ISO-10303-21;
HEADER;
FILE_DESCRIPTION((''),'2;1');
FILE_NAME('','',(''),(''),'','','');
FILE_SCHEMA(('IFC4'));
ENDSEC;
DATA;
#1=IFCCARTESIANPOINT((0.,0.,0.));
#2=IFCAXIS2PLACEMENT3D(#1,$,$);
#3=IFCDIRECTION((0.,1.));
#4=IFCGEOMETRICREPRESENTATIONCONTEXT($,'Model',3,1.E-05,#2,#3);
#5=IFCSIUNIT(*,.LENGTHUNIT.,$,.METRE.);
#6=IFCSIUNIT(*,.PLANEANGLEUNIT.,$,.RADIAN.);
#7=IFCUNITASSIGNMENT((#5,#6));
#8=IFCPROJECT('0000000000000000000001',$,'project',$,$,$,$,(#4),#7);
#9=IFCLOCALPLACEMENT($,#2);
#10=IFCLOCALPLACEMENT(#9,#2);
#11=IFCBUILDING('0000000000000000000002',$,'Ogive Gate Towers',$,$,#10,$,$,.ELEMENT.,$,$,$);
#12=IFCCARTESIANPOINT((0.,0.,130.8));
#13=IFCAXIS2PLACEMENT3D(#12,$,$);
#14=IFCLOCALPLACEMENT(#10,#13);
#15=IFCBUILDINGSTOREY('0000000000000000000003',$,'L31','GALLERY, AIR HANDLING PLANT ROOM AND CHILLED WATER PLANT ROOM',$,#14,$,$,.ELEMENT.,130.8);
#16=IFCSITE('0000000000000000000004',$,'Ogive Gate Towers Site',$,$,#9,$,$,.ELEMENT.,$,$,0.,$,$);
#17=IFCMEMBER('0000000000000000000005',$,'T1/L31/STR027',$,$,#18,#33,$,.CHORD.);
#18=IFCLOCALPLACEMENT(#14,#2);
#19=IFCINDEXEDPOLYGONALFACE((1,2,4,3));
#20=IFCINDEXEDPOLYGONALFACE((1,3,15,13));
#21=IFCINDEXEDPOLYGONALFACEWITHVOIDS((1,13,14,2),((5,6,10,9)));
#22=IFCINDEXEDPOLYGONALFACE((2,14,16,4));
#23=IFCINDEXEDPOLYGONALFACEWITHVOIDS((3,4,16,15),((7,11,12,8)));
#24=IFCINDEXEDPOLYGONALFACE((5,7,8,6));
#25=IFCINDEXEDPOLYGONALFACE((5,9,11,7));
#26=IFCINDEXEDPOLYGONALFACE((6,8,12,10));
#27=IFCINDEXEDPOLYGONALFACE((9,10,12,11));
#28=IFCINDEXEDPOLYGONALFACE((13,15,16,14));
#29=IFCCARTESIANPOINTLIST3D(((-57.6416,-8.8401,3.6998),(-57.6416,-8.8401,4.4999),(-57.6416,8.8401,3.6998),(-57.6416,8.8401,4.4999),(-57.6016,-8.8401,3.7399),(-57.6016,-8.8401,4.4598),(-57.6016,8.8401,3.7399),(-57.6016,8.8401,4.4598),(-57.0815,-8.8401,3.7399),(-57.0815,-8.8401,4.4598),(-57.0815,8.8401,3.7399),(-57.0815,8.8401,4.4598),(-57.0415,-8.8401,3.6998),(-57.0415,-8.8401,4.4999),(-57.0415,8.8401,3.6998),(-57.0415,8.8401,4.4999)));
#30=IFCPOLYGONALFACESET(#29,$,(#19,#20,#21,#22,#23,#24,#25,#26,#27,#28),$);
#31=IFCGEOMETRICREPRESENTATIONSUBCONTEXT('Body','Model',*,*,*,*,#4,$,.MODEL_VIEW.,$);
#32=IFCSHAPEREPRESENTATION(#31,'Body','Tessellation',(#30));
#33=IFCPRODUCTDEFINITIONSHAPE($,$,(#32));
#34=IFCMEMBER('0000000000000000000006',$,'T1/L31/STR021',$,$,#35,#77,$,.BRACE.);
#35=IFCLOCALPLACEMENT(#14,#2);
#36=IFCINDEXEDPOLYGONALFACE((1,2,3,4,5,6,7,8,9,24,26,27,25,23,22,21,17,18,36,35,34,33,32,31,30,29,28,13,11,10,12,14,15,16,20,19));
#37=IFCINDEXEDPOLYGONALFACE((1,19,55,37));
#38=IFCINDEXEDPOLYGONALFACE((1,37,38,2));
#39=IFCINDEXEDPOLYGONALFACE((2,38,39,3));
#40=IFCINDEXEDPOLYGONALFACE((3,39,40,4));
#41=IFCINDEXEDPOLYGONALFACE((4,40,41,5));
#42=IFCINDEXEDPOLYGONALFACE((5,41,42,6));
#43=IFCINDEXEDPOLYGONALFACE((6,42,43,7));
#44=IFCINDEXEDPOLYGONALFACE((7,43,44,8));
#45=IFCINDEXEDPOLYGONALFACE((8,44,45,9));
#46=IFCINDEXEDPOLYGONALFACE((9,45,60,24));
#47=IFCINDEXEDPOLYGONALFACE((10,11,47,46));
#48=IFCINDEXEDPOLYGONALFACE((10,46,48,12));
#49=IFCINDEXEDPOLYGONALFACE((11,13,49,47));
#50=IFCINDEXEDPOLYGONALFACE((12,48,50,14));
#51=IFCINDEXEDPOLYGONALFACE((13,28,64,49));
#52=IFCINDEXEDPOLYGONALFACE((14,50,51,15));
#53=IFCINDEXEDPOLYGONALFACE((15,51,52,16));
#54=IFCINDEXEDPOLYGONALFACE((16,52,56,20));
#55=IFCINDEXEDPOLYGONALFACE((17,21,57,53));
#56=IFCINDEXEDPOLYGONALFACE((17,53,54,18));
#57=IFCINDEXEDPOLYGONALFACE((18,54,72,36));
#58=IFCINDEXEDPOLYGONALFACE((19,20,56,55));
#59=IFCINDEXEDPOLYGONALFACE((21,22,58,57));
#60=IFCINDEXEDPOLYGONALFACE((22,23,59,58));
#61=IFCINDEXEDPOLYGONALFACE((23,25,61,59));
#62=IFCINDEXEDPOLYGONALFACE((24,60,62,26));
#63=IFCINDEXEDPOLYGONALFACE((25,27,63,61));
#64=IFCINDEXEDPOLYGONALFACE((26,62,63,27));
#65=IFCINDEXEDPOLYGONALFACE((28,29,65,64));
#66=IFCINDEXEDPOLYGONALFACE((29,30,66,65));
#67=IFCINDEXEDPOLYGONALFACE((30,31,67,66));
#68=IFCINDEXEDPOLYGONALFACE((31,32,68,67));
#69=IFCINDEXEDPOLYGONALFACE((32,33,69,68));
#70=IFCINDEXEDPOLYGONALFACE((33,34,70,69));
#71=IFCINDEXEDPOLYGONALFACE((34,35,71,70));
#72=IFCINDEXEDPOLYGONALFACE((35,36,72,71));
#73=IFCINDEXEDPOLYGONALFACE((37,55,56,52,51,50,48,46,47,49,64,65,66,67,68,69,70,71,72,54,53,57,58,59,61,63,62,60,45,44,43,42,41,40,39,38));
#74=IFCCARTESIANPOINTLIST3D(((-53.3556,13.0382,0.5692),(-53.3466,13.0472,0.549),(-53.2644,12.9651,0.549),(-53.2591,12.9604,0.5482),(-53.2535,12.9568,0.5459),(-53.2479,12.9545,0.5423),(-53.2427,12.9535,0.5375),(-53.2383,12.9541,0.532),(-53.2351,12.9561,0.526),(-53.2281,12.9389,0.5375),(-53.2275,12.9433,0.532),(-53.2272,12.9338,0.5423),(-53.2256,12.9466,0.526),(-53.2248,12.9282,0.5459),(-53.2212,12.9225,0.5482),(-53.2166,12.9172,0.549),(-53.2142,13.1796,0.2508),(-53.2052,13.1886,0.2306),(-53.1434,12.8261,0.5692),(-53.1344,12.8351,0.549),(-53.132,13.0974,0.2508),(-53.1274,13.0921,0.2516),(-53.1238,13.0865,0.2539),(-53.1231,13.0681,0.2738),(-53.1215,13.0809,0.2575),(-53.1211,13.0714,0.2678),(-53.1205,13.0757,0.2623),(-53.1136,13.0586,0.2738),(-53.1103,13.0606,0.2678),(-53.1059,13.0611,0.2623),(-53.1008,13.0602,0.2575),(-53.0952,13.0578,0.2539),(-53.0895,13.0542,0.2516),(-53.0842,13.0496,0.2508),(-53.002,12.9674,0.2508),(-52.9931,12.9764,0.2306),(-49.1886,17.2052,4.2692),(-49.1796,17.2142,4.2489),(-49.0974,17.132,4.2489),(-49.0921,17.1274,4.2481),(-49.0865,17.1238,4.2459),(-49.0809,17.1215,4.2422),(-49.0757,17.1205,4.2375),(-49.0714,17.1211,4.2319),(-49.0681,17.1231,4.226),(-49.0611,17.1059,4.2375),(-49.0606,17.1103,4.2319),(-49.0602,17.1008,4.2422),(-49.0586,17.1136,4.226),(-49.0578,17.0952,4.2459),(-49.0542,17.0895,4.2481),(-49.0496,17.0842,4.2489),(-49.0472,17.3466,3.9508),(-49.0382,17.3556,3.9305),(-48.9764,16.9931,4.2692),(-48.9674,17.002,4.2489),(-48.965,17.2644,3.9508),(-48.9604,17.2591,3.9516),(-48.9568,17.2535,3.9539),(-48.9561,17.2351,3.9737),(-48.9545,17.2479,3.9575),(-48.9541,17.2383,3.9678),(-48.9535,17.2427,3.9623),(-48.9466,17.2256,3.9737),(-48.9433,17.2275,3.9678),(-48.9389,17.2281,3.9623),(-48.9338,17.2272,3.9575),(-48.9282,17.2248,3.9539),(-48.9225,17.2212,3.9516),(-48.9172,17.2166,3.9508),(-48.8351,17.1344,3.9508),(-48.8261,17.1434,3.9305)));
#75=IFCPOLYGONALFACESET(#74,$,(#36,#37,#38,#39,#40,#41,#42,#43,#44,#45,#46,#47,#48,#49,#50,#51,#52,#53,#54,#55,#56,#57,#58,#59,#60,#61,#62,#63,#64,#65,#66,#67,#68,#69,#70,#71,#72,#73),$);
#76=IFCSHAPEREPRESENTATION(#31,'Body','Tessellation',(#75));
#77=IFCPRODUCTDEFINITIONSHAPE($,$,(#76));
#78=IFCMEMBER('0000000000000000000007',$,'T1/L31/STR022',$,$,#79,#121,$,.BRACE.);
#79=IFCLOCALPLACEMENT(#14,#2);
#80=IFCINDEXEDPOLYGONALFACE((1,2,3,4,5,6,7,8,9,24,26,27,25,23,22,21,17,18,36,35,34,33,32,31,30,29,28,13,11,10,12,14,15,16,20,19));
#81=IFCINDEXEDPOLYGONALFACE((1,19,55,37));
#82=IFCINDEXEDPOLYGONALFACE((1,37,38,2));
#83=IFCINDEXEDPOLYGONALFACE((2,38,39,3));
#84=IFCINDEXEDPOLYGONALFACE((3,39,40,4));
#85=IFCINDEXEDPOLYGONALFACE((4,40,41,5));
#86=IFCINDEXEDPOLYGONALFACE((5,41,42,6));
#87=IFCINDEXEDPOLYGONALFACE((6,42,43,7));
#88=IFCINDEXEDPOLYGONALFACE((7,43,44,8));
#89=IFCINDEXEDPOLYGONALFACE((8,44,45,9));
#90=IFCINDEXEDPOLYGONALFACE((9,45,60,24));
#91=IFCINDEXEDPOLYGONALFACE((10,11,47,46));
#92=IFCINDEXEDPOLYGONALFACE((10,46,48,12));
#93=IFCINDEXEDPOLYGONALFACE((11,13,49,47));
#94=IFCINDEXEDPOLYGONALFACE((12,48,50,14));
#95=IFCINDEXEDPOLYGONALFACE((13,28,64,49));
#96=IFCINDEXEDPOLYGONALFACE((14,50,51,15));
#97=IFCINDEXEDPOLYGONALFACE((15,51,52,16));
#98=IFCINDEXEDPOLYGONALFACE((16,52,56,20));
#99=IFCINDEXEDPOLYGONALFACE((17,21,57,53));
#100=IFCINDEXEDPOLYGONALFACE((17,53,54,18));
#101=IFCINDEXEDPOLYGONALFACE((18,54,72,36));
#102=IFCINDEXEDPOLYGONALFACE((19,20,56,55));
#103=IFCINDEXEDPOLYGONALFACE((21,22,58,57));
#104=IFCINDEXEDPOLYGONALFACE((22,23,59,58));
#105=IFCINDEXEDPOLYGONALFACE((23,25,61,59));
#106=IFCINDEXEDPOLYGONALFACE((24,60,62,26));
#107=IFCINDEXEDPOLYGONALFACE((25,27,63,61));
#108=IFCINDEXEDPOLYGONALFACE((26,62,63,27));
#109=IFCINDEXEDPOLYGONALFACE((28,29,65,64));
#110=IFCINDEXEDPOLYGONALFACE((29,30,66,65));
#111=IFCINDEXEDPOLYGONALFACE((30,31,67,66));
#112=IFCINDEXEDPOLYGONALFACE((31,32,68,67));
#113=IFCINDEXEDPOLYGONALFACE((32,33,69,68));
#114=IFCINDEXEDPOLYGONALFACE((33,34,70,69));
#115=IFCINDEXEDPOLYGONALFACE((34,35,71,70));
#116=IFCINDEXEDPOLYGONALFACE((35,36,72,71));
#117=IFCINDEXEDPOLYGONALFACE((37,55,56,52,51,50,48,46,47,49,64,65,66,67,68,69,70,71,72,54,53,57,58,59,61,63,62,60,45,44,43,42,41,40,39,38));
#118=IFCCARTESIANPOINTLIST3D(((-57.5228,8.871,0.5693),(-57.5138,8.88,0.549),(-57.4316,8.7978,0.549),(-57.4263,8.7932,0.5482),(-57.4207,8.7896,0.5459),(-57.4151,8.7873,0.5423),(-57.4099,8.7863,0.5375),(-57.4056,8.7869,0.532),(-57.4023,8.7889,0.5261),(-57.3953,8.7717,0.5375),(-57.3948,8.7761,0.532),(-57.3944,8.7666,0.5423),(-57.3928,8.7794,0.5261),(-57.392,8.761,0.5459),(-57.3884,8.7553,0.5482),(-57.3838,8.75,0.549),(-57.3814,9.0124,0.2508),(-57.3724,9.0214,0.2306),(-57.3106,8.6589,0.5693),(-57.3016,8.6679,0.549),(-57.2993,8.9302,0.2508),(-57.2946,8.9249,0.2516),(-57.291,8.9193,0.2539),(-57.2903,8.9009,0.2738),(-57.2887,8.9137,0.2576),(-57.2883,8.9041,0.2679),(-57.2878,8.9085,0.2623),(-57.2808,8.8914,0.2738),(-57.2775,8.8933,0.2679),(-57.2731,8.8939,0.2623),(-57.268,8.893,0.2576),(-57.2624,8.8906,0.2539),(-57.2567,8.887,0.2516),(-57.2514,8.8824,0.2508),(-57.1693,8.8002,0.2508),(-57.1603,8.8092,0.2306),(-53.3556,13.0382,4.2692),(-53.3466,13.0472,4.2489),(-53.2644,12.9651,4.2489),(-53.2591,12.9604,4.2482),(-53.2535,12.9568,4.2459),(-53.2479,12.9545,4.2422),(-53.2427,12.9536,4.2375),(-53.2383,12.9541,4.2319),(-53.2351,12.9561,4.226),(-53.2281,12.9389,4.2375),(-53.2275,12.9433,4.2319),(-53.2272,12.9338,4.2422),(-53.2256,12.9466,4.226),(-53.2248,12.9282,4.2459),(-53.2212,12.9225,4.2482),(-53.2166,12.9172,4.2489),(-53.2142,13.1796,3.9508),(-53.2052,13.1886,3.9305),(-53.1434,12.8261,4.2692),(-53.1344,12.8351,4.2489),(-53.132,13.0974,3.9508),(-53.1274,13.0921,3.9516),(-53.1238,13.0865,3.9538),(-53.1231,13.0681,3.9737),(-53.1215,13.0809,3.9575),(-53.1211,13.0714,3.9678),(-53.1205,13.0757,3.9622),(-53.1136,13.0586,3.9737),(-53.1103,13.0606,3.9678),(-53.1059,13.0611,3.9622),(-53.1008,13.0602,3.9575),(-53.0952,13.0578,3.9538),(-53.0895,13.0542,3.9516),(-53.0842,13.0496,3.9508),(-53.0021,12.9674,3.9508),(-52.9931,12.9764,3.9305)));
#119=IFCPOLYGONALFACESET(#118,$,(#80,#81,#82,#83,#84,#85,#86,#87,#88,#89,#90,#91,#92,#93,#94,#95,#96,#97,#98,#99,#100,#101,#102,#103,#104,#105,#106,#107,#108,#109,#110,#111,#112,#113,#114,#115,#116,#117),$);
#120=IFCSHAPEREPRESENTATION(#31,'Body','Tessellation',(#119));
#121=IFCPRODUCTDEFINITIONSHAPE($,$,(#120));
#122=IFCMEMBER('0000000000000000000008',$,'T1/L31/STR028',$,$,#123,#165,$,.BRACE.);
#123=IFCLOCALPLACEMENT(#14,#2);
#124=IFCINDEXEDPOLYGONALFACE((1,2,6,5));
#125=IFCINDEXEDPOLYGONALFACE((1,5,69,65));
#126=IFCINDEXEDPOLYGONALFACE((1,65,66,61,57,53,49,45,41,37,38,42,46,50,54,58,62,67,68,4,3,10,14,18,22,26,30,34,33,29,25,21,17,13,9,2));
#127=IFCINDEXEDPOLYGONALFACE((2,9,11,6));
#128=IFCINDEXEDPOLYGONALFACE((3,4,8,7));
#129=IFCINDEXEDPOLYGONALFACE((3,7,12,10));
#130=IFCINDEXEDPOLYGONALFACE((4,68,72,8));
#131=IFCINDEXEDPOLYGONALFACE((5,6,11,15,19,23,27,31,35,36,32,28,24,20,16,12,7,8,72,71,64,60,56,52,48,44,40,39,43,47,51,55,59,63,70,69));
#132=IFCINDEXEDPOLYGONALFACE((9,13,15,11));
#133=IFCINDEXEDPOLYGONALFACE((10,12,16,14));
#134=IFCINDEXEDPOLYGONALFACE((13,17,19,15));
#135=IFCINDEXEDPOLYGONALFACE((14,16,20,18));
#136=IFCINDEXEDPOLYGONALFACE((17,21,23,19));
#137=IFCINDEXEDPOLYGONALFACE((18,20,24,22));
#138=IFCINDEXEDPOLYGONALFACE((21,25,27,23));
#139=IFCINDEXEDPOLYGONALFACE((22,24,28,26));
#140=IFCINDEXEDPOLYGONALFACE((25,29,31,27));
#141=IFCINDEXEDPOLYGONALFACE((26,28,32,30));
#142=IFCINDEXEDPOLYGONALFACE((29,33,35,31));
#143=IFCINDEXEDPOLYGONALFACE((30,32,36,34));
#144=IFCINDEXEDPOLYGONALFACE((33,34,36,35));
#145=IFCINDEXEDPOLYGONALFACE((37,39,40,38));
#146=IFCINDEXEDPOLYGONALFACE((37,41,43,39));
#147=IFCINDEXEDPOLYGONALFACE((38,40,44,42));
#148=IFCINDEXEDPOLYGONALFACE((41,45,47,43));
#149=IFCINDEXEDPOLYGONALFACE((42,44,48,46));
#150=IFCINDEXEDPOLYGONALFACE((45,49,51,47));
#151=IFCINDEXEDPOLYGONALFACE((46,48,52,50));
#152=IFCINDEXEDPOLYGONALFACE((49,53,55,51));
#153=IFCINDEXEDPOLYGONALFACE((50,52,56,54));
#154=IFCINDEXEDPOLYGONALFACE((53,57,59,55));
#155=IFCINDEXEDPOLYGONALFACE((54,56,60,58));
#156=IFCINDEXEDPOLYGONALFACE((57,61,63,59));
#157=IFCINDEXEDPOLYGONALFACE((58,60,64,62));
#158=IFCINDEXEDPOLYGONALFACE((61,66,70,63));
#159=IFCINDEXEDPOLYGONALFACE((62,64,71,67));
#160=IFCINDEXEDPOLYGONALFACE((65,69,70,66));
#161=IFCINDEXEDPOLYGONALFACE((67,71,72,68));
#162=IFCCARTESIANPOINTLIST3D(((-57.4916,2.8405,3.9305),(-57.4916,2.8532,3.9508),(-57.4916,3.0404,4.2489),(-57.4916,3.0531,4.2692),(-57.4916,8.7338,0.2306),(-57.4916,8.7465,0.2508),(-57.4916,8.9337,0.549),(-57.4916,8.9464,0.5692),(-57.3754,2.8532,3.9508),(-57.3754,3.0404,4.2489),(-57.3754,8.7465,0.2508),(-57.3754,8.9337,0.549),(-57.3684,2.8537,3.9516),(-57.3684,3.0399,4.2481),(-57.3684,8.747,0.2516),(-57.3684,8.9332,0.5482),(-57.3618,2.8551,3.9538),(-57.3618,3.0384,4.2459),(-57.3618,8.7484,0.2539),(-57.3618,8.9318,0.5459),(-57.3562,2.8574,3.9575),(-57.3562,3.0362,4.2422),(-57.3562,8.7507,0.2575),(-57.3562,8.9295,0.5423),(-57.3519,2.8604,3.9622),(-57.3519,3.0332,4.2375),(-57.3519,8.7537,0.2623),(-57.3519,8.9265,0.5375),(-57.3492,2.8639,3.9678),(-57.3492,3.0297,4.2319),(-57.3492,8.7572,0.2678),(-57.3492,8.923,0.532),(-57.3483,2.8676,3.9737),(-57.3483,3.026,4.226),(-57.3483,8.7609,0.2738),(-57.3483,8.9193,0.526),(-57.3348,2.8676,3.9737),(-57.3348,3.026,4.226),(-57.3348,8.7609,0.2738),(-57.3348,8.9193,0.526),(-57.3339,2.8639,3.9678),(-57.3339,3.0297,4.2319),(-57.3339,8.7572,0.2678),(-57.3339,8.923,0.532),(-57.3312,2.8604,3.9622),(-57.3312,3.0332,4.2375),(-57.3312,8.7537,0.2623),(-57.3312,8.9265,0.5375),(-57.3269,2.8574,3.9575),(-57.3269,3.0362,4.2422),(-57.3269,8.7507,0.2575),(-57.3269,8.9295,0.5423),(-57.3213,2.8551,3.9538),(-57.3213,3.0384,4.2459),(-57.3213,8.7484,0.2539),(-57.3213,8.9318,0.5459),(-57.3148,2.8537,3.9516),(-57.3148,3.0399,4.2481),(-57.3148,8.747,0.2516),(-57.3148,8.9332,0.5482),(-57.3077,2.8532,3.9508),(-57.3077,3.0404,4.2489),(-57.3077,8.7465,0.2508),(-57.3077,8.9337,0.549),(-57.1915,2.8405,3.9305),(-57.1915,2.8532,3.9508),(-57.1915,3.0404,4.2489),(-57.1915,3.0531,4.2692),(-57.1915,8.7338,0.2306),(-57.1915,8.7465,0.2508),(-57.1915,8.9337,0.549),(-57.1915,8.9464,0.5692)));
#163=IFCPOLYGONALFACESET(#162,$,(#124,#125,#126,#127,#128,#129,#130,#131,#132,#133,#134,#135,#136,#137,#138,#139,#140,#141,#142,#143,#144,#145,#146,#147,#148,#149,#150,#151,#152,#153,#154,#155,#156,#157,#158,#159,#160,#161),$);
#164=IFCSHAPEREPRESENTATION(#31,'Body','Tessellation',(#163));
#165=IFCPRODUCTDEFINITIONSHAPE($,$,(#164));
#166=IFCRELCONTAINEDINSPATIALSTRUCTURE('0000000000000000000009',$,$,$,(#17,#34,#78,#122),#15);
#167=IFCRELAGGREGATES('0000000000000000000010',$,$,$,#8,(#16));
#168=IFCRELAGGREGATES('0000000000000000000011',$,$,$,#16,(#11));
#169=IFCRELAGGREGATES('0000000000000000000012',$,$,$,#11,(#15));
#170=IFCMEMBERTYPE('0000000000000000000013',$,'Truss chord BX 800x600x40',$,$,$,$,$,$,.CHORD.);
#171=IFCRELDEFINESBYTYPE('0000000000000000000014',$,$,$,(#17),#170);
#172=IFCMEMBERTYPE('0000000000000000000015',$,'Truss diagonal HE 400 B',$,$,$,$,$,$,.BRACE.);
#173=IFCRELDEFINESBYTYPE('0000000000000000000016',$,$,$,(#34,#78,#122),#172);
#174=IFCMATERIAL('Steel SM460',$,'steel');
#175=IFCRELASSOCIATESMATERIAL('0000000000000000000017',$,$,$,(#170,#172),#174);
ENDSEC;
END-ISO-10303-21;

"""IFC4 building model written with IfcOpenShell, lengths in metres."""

from ifc_helpers import new_model, si_unit, direction, frame, origin, origin_2d, place, context, subcontext, project, spatial, hollow_rectangle, i_section, extrude, material, material_profile, profile_set, type_object, element, save


model = new_model("IFC4")

# Units and contexts
model_context = context("Model", 3, precision=1e-05, world=origin(), true_north=direction((0.0, 1.0)))
body_context = subcontext(model_context, "Body", "Model", "MODEL_VIEW")
ifc_project = project(units=[si_unit("LENGTHUNIT", "METRE"), si_unit("PLANEANGLEUNIT", "RADIAN")], contexts=[model_context])

# Site, building, storey
site_placement = place(None, origin())
site = spatial("IfcSite", under=ifc_project, at=site_placement, Name="Ogive Gate Towers Site", CompositionType="ELEMENT", RefElevation=0.0)
building_placement = place(site_placement, origin())
building = spatial("IfcBuilding", under=site, at=building_placement, Name="Ogive Gate Towers", CompositionType="ELEMENT")
storey_placement = place(building_placement, frame((0.0, 0.0, 130.8)))
storey = spatial("IfcBuildingStorey", under=building, at=storey_placement, Name="L31", Description="GALLERY, AIR HANDLING PLANT ROOM AND CHILLED WATER PLANT ROOM", CompositionType="ELEMENT", Elevation=130.8)

# Shared definitions
ifc_material_1 = material(Name="Steel SM460", Category="steel")

# Members
ifc_material_profile_1 = material_profile(ifc_material_1, hollow_rectangle(XDim=0.6001, YDim=0.8, WallThickness=0.04, at=origin_2d()), Name="BX 800x600x40")
ifc_profile_set_1 = profile_set([ifc_material_profile_1], Name="Steel SM460")
member_type_1 = type_object("IfcMemberType", Name="Truss chord BX 800x600x40", PredefinedType="CHORD", material=ifc_profile_set_1)
for number, where, z_axis, x_axis, name in (
    (1, (-57.3416, 8.8401, 4.0999), (0.0, -1.0, 0.0), (1.0, 0.0, 0.0), "T1/L31/STR027"),
):
    element("IfcMember", number, at=place(storey_placement, frame(where, z_axis=z_axis, x_axis=x_axis)), inside=storey, type_object=member_type_1, Name=name, PredefinedType="CHORD", context=body_context, shape_type="SweptSolid", body=[
        extrude(hollow_rectangle(XDim=0.6001, YDim=0.8, WallThickness=0.04, at=origin_2d()), origin(), (0.0, 0.0, 1.0), 17.6802),
    ])
ifc_material_profile_2 = material_profile(ifc_material_1, i_section(OverallWidth=0.3, OverallDepth=0.3999, WebThickness=0.0134, FlangeThickness=0.0239, FilletRadius=0.0271, at=origin_2d()), Name="HE 400 B")
ifc_profile_set_2 = profile_set([ifc_material_profile_2], Name="Steel SM460")
member_type_2 = type_object("IfcMemberType", Name="Truss diagonal HE 400 B", PredefinedType="BRACE", material=ifc_profile_set_2)
member_1_placement = place(storey_placement, frame((-49.0073, 17.1743, 4.0999), z_axis=(-0.598856, -0.598856, -0.531736), x_axis=(0.707107, -0.707107, 0.0)))
element("IfcMember", 2, at=member_1_placement, inside=storey, type_object=member_type_2, Name="T1/L31/STR021", PredefinedType="BRACE", context=body_context, shape_type="SweptSolid", body=[
    extrude(i_section(OverallWidth=0.3, OverallDepth=0.3999, WebThickness=0.0134, FlangeThickness=0.0239, FilletRadius=0.0271, at=origin_2d()), origin(), (0.0, 0.0, 1.0), 6.9583),
])
for number, where, z_axis, x_axis, name in (
    (3, (-53.1743, 13.0073, 4.0999), (-0.598866, -0.598866, -0.531713), (0.707107, -0.707107, 0.0), "T1/L31/STR022"),
    (4, (-57.3416, 8.8401, 0.3999), (0.0, -0.846922, 0.531717), (1.0, 0.0, 0.0), "T1/L31/STR028"),
):
    element("IfcMember", number, at=place(storey_placement, frame(where, z_axis=z_axis, x_axis=x_axis)), inside=storey, type_object=member_type_2, Name=name, PredefinedType="BRACE", context=body_context, shape_type="SweptSolid", body=[
        extrude(i_section(OverallWidth=0.3, OverallDepth=0.3999, WebThickness=0.0134, FlangeThickness=0.0239, FilletRadius=0.0271, at=origin_2d()), origin(), (0.0, 0.0, 1.0), 6.9585),
    ])

save(model, "model.ifc")
